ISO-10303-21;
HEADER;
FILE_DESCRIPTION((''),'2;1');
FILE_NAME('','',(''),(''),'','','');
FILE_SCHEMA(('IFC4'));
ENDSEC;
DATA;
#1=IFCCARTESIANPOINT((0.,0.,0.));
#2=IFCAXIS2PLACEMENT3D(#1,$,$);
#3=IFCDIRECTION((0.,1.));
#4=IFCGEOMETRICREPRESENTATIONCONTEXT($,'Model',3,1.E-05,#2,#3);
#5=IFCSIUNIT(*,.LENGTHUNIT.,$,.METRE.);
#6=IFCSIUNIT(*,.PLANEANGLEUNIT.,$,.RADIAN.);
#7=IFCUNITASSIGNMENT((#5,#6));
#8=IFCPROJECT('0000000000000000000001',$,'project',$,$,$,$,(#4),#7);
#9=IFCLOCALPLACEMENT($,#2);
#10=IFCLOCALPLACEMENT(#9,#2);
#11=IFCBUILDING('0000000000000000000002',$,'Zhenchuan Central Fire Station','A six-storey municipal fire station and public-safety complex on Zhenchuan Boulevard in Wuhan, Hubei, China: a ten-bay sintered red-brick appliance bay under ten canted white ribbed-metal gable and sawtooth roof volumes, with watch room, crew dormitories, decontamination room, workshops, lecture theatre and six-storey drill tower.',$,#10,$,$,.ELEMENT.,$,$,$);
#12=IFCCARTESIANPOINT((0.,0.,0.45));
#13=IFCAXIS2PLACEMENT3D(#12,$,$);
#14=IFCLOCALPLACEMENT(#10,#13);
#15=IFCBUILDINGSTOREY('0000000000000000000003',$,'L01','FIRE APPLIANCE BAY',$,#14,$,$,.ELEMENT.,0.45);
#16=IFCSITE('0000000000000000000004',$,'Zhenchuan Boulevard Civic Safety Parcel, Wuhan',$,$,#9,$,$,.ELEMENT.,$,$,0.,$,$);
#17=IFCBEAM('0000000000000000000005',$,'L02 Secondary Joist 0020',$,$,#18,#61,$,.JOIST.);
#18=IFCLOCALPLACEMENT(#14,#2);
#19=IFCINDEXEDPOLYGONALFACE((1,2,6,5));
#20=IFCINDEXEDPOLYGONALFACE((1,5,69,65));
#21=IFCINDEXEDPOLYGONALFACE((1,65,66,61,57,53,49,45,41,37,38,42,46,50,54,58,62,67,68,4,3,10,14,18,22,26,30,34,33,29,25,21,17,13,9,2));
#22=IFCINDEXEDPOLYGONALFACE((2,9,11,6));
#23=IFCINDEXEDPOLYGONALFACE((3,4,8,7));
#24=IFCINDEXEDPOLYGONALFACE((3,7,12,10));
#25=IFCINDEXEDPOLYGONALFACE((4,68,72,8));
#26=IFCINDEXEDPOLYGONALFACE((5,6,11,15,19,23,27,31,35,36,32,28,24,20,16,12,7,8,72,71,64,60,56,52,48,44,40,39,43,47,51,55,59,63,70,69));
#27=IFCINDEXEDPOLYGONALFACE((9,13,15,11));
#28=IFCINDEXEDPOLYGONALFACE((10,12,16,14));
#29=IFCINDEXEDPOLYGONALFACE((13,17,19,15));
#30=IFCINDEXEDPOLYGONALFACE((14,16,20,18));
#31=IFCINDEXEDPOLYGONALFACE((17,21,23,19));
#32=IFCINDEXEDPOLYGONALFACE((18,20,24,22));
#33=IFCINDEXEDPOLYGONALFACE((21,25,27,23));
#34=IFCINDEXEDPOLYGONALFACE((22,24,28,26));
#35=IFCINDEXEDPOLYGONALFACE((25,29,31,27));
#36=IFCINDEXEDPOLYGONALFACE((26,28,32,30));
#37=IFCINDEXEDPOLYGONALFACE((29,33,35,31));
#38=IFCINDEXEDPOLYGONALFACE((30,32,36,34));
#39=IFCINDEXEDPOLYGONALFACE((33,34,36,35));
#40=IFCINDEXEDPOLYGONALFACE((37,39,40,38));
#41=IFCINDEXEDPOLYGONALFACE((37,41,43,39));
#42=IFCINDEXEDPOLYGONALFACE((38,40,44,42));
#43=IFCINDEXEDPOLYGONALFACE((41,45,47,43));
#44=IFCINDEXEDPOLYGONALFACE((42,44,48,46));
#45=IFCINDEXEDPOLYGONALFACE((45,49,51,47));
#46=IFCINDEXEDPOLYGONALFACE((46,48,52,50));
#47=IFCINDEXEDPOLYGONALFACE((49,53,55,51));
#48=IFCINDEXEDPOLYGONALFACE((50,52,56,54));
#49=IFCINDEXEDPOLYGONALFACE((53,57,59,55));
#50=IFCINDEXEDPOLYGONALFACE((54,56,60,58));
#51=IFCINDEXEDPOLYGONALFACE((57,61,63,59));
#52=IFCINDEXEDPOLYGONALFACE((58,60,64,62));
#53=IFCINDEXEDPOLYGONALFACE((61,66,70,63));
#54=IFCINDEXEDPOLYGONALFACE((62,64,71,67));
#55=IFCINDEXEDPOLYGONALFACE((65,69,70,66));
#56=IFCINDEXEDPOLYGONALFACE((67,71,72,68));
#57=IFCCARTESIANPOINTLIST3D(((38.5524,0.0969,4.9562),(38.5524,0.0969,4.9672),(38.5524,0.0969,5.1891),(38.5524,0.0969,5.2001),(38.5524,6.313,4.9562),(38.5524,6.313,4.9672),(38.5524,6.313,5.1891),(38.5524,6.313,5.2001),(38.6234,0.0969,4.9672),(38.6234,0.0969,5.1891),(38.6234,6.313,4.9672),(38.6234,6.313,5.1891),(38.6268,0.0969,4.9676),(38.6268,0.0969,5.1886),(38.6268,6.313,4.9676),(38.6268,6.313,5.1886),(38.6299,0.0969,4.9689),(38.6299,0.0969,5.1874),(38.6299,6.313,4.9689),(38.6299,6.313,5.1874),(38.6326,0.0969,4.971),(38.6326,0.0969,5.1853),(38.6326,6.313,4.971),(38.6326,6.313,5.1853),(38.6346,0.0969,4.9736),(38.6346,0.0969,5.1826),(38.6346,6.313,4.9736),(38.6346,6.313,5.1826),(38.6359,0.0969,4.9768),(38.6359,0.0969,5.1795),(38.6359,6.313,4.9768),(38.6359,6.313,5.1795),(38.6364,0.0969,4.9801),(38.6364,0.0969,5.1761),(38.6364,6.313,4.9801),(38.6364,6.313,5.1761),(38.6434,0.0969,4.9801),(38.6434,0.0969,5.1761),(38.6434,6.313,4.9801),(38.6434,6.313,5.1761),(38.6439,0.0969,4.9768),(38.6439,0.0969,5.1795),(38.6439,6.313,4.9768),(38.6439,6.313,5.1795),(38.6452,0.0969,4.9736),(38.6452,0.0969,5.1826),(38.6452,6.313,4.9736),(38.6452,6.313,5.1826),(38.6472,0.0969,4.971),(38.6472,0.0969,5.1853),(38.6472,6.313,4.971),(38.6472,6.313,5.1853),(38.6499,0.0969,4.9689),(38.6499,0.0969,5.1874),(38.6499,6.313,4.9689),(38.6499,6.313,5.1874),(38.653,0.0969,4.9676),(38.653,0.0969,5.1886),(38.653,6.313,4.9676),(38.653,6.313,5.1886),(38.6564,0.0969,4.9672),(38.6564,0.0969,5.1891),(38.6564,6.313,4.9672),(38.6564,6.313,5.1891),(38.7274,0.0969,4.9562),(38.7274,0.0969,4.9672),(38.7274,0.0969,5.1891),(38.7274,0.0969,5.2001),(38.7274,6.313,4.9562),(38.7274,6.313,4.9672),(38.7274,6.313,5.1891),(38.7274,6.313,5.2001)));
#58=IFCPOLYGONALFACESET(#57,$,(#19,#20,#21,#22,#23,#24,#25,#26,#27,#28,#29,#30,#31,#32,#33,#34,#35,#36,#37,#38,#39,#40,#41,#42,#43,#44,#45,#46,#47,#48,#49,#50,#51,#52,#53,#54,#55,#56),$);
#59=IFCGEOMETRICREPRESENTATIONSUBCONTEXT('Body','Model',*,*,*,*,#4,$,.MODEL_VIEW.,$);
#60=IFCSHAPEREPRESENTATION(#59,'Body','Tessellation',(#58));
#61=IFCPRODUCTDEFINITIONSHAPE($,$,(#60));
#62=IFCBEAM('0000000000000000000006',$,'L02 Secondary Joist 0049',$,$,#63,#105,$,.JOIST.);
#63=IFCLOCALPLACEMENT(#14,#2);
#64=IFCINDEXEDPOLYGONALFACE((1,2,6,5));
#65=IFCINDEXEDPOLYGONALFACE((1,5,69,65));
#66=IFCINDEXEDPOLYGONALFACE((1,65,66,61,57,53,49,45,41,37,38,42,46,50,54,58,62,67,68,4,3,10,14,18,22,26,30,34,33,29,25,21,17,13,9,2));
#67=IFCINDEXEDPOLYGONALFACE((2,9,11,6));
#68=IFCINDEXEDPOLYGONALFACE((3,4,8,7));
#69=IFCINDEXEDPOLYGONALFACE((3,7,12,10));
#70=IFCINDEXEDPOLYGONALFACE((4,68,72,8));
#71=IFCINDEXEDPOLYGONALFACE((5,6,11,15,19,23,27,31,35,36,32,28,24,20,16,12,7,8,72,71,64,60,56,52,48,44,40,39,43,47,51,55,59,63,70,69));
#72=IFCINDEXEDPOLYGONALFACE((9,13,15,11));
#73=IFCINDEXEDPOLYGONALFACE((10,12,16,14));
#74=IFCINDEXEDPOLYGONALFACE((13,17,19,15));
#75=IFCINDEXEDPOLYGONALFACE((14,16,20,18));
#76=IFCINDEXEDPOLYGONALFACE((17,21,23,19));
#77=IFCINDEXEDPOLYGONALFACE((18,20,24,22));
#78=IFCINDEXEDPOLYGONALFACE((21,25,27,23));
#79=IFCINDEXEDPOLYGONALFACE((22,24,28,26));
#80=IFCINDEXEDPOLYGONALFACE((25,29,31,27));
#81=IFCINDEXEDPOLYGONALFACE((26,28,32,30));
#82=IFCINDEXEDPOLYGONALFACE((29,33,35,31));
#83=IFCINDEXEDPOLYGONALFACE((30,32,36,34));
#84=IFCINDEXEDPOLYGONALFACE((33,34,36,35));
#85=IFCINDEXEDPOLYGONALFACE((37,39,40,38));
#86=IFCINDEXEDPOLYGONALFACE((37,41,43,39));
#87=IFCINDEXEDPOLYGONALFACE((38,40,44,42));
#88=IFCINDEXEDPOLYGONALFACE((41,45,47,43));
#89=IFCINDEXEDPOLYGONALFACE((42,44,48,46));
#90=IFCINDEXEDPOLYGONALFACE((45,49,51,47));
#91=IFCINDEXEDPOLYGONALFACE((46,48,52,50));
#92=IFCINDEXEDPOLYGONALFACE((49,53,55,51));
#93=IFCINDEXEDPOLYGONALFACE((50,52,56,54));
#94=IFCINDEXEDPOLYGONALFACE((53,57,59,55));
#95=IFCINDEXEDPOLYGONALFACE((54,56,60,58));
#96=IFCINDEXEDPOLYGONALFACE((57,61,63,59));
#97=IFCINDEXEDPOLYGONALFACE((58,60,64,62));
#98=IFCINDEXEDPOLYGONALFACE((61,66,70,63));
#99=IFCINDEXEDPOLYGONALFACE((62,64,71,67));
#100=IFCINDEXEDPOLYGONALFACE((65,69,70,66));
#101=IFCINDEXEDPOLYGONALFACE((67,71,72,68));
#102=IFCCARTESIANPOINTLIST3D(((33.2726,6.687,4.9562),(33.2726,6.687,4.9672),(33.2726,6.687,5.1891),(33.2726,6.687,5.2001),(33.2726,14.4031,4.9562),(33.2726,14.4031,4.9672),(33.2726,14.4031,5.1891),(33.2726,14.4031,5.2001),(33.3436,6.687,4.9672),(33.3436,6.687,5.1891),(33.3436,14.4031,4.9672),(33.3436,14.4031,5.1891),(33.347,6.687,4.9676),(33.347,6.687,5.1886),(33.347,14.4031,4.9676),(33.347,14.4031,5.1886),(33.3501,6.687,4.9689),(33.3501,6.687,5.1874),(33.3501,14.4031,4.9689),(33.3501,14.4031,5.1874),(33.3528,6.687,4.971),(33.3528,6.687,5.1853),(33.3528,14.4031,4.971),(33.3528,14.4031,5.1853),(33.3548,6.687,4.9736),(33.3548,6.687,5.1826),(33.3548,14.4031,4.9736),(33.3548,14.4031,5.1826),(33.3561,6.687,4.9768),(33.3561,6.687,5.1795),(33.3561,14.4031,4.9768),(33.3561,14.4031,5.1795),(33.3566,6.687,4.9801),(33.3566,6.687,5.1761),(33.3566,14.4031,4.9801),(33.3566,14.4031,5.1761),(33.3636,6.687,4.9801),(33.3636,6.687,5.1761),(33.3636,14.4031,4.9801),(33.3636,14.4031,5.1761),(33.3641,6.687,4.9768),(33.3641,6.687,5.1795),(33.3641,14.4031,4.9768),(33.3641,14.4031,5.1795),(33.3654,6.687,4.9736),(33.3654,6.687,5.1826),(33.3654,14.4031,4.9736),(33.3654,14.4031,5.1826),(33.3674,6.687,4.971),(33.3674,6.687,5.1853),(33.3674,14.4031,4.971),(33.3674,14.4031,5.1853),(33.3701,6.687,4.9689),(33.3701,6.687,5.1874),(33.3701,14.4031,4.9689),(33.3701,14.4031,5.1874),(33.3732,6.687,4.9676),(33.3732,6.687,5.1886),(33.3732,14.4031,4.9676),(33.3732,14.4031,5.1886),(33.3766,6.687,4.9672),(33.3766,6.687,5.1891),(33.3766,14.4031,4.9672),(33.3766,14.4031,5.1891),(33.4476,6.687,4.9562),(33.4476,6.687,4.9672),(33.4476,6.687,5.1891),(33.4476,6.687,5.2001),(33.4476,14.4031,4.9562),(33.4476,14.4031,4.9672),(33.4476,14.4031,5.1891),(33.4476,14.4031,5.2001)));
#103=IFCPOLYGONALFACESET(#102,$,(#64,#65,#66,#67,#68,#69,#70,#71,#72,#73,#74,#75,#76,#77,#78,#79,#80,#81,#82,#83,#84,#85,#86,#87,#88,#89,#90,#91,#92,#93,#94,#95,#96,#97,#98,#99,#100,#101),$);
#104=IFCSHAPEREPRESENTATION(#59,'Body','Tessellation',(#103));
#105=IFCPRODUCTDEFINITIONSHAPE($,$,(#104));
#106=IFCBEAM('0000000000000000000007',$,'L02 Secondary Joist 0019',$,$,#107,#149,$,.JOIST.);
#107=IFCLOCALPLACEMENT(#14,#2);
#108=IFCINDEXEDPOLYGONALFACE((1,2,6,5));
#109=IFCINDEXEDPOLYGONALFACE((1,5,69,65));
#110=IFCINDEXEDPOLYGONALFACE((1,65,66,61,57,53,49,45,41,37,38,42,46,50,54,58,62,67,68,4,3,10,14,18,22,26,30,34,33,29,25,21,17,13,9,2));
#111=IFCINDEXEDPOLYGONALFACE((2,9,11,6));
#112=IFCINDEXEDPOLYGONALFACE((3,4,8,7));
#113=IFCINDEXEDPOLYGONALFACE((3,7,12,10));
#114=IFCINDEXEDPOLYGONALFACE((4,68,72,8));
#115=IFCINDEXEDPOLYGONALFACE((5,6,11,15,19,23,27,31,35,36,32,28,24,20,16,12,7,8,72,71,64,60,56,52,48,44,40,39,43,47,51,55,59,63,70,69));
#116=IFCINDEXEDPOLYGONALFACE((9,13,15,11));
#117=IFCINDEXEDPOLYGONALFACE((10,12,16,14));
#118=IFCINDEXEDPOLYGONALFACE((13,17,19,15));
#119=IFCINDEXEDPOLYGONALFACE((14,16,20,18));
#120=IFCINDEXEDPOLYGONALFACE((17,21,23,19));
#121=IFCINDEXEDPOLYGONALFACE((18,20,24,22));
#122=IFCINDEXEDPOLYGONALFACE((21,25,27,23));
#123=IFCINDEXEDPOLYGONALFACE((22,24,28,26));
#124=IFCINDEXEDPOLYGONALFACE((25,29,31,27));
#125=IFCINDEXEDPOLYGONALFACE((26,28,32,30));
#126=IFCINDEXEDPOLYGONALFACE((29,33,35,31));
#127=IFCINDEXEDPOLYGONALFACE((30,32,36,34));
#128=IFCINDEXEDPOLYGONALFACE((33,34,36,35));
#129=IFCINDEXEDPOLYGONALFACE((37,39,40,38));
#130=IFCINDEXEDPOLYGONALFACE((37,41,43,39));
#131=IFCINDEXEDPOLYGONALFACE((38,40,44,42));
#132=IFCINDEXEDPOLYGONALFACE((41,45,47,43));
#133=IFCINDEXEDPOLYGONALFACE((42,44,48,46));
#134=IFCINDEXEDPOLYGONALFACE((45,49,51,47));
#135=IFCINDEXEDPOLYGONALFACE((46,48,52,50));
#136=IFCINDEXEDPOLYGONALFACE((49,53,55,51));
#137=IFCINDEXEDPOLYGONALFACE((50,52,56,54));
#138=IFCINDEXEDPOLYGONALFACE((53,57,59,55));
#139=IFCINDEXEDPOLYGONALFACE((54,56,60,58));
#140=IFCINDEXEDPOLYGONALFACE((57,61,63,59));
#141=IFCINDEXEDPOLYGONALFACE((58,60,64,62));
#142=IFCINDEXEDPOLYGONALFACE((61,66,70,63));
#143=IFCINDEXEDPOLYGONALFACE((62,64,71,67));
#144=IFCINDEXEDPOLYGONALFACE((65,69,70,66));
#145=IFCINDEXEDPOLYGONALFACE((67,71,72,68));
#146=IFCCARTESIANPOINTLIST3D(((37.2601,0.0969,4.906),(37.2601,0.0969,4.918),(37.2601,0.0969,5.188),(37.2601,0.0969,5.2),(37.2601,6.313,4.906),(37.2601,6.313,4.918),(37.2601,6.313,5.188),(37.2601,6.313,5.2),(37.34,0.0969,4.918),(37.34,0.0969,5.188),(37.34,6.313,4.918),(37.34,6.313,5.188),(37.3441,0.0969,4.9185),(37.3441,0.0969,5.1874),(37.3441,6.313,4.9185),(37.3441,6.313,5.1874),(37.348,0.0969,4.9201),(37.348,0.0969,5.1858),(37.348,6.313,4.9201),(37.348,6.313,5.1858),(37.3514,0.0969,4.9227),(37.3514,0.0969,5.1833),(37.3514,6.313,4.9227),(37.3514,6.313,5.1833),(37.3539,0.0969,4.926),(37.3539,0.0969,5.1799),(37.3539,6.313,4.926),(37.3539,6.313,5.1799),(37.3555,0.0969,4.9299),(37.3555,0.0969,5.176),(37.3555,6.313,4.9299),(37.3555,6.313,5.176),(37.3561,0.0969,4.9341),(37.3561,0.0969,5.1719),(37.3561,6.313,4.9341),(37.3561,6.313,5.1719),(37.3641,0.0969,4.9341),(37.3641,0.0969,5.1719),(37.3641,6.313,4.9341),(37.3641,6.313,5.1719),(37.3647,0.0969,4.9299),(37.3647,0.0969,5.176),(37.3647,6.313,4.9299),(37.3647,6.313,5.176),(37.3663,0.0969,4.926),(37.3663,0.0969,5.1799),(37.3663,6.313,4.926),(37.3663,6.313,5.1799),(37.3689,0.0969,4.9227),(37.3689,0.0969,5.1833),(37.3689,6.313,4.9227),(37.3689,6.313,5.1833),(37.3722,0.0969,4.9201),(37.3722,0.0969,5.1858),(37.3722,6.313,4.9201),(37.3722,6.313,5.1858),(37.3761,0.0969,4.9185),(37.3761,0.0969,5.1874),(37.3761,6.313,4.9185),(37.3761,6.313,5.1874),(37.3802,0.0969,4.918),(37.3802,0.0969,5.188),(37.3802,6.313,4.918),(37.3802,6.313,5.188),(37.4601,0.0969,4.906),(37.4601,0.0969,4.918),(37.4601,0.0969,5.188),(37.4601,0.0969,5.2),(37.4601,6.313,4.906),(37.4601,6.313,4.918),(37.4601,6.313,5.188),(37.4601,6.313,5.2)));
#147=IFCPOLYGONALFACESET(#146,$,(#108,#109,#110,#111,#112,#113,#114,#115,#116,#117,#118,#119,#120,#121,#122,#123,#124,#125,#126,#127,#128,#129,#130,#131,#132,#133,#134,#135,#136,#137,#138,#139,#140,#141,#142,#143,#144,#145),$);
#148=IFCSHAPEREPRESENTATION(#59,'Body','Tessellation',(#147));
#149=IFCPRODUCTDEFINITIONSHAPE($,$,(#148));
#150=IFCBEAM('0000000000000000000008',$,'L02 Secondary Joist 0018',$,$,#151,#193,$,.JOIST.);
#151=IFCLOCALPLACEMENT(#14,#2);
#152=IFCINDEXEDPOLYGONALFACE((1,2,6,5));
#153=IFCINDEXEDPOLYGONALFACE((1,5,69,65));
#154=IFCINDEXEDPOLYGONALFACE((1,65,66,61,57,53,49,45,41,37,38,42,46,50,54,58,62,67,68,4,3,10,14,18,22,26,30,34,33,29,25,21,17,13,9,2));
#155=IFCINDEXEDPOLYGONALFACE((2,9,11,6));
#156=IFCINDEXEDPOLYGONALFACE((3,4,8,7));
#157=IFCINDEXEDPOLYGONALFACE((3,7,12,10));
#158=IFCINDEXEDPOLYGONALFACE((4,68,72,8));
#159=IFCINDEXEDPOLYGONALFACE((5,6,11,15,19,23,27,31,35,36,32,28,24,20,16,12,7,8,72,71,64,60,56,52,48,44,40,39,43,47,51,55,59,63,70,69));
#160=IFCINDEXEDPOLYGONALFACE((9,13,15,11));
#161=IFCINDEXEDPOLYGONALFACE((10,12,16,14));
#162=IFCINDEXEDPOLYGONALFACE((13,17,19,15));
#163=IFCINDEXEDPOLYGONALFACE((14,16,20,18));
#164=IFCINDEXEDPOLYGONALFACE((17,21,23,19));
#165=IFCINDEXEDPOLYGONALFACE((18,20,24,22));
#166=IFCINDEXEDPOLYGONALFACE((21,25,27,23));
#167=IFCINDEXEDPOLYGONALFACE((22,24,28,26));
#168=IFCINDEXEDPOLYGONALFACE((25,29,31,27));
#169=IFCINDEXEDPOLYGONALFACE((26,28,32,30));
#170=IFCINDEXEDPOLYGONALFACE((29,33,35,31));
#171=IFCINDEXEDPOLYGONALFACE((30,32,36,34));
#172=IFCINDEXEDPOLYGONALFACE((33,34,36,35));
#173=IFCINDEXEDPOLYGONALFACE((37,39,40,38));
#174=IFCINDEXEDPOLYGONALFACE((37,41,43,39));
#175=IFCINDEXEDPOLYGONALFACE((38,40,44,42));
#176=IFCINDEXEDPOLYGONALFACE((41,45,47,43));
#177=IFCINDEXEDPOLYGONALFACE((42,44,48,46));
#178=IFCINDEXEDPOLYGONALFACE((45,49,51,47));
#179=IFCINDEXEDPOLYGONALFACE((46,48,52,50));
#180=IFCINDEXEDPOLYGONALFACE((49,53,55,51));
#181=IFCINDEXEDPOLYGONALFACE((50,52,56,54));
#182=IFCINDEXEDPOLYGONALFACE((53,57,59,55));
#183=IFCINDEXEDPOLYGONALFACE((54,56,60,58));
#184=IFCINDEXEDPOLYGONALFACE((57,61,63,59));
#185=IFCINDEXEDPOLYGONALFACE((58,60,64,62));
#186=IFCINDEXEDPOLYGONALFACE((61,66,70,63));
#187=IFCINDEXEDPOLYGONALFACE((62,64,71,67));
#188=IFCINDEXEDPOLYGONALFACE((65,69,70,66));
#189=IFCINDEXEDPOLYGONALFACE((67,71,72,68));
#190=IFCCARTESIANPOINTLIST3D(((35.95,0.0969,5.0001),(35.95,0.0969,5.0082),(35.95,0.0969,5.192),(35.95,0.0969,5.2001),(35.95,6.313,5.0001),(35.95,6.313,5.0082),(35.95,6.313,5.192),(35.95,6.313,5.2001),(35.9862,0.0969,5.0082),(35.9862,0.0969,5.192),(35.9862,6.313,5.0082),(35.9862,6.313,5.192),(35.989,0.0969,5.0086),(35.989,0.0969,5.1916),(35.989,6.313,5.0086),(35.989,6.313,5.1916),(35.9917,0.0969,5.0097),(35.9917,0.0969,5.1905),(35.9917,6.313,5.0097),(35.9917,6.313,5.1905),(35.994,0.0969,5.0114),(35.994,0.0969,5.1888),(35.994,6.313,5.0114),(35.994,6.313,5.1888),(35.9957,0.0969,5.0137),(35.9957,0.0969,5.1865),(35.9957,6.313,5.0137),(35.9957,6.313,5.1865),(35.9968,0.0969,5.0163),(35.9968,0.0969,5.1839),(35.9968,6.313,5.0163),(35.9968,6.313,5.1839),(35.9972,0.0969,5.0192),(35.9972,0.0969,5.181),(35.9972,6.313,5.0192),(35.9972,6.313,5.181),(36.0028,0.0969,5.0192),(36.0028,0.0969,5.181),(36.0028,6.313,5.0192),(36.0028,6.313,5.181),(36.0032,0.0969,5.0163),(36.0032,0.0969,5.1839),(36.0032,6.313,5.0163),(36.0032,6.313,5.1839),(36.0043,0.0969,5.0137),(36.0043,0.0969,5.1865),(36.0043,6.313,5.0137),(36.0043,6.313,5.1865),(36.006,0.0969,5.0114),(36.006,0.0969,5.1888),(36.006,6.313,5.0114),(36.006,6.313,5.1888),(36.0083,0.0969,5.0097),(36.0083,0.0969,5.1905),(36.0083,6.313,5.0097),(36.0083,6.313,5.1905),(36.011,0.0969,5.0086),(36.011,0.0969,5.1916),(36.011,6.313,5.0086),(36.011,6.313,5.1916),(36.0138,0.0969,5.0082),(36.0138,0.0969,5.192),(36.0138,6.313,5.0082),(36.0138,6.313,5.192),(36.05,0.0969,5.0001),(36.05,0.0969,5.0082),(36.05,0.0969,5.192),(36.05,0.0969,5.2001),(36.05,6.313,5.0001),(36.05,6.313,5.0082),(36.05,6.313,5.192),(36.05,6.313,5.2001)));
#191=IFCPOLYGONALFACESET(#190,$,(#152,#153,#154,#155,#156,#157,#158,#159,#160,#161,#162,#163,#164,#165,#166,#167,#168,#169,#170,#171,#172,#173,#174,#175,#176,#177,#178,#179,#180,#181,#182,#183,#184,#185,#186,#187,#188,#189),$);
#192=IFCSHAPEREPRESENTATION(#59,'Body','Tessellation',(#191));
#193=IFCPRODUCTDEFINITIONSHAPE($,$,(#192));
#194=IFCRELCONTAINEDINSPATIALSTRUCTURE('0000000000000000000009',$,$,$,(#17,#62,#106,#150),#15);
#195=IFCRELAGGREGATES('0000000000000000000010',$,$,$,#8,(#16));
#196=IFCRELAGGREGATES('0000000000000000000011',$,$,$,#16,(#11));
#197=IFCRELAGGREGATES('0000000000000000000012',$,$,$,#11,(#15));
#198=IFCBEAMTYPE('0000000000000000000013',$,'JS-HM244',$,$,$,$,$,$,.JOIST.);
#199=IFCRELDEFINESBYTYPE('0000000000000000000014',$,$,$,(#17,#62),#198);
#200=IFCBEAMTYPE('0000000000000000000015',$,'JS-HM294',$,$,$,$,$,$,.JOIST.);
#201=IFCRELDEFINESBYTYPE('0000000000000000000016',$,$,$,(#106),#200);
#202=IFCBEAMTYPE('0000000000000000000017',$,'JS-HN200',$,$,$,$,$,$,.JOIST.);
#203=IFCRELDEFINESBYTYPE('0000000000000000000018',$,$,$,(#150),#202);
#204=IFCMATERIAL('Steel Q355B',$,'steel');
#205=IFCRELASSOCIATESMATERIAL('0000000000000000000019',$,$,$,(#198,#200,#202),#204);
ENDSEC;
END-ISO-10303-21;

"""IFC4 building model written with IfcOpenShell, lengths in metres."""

from ifc_helpers import new_model, si_unit, direction, frame, origin, origin_2d, place, context, subcontext, project, spatial, i_section, extrude, material, material_profile, profile_set, type_object, element, save


model = new_model("IFC4")

# Units and contexts
model_context = context("Model", 3, precision=1e-05, world=origin(), true_north=direction((0.0, 1.0)))
body_context = subcontext(model_context, "Body", "Model", "MODEL_VIEW")
ifc_project = project(units=[si_unit("LENGTHUNIT", "METRE"), si_unit("PLANEANGLEUNIT", "RADIAN")], contexts=[model_context])

# Site, building, storey
site_placement = place(None, origin())
site = spatial("IfcSite", under=ifc_project, at=site_placement, Name="Zhenchuan Boulevard Civic Safety Parcel, Wuhan", CompositionType="ELEMENT", RefElevation=0.0)
building_placement = place(site_placement, origin())
building = spatial("IfcBuilding", under=site, at=building_placement, Name="Zhenchuan Central Fire Station", Description="A six-storey municipal fire station and public-safety complex on Zhenchuan Boulevard in Wuhan, Hubei, China: a ten-bay sintered red-brick appliance bay under ten canted white ribbed-metal gable and sawtooth roof volumes, with watch room, crew dormitories, decontamination room, workshops, lecture theatre and six-storey drill tower.", CompositionType="ELEMENT")
storey_placement = place(building_placement, frame((0.0, 0.0, 0.45)))
storey = spatial("IfcBuildingStorey", under=building, at=storey_placement, Name="L01", Description="FIRE APPLIANCE BAY", CompositionType="ELEMENT", Elevation=0.45)

# Shared definitions
ifc_material_1 = material(Name="Steel Q355B", Category="steel")

# Beams
ifc_material_profile_1 = material_profile(ifc_material_1, i_section(OverallWidth=0.175, OverallDepth=0.2439, WebThickness=0.0071, FlangeThickness=0.011, FilletRadius=0.0129, at=origin_2d()), Name="HM 244x175")
ifc_profile_set_1 = profile_set([ifc_material_profile_1], Name="Steel Q355B")
beam_type_1 = type_object("IfcBeamType", Name="JS-HM244", PredefinedType="JOIST", material=ifc_profile_set_1)
beam_1_placement = place(storey_placement, frame((38.6399, 0.0969, 5.0781), z_axis=(0.0, 1.0, 0.0), x_axis=(-1.0, 0.0, 0.0)))
element("IfcBeam", 1, at=beam_1_placement, inside=storey, type_object=beam_type_1, Name="L02 Secondary Joist 0020", PredefinedType="JOIST", context=body_context, shape_type="SweptSolid", body=[
    extrude(i_section(OverallWidth=0.175, OverallDepth=0.2439, WebThickness=0.0071, FlangeThickness=0.011, FilletRadius=0.0129, at=origin_2d()), origin(), (0.0, 0.0, 1.0), 6.2161),
])
beam_2_placement = place(storey_placement, frame((33.3601, 6.687, 5.0781), z_axis=(0.0, 1.0, 0.0), x_axis=(-1.0, 0.0, 0.0)))
element("IfcBeam", 2, at=beam_2_placement, inside=storey, type_object=beam_type_1, Name="L02 Secondary Joist 0049", PredefinedType="JOIST", context=body_context, shape_type="SweptSolid", body=[
    extrude(i_section(OverallWidth=0.175, OverallDepth=0.2439, WebThickness=0.0071, FlangeThickness=0.011, FilletRadius=0.0129, at=origin_2d()), origin(), (0.0, 0.0, 1.0), 7.7161),
])
ifc_material_profile_2 = material_profile(ifc_material_1, i_section(OverallWidth=0.2, OverallDepth=0.2939, WebThickness=0.0081, FlangeThickness=0.012, FilletRadius=0.0161, at=origin_2d()), Name="HM 294x200")
ifc_profile_set_2 = profile_set([ifc_material_profile_2], Name="Steel Q355B")
beam_type_2 = type_object("IfcBeamType", Name="JS-HM294", PredefinedType="JOIST", material=ifc_profile_set_2)
beam_3_placement = place(storey_placement, frame((37.3601, 0.0969, 5.053), z_axis=(0.0, 1.0, 0.0), x_axis=(-1.0, 0.0, 0.0)))
element("IfcBeam", 3, at=beam_3_placement, inside=storey, type_object=beam_type_2, Name="L02 Secondary Joist 0019", PredefinedType="JOIST", context=body_context, shape_type="SweptSolid", body=[
    extrude(i_section(OverallWidth=0.2, OverallDepth=0.2939, WebThickness=0.0081, FlangeThickness=0.012, FilletRadius=0.0161, at=origin_2d()), origin(), (0.0, 0.0, 1.0), 6.2161),
])
ifc_material_profile_3 = material_profile(ifc_material_1, i_section(OverallWidth=0.1001, OverallDepth=0.2, WebThickness=0.0056, FlangeThickness=0.0081, FilletRadius=0.011, at=origin_2d()), Name="HN 200x100")
ifc_profile_set_3 = profile_set([ifc_material_profile_3], Name="Steel Q355B")
beam_type_3 = type_object("IfcBeamType", Name="JS-HN200", PredefinedType="JOIST", material=ifc_profile_set_3)
beam_4_placement = place(storey_placement, frame((36.0, 0.0969, 5.1001), z_axis=(0.0, 1.0, 0.0), x_axis=(-1.0, 0.0, 0.0)))
element("IfcBeam", 4, at=beam_4_placement, inside=storey, type_object=beam_type_3, Name="L02 Secondary Joist 0018", PredefinedType="JOIST", context=body_context, shape_type="SweptSolid", body=[
    extrude(i_section(OverallWidth=0.1001, OverallDepth=0.2, WebThickness=0.0056, FlangeThickness=0.0081, FilletRadius=0.011, at=origin_2d()), origin(), (0.0, 0.0, 1.0), 6.2161),
])

save(model, "model.ifc")
